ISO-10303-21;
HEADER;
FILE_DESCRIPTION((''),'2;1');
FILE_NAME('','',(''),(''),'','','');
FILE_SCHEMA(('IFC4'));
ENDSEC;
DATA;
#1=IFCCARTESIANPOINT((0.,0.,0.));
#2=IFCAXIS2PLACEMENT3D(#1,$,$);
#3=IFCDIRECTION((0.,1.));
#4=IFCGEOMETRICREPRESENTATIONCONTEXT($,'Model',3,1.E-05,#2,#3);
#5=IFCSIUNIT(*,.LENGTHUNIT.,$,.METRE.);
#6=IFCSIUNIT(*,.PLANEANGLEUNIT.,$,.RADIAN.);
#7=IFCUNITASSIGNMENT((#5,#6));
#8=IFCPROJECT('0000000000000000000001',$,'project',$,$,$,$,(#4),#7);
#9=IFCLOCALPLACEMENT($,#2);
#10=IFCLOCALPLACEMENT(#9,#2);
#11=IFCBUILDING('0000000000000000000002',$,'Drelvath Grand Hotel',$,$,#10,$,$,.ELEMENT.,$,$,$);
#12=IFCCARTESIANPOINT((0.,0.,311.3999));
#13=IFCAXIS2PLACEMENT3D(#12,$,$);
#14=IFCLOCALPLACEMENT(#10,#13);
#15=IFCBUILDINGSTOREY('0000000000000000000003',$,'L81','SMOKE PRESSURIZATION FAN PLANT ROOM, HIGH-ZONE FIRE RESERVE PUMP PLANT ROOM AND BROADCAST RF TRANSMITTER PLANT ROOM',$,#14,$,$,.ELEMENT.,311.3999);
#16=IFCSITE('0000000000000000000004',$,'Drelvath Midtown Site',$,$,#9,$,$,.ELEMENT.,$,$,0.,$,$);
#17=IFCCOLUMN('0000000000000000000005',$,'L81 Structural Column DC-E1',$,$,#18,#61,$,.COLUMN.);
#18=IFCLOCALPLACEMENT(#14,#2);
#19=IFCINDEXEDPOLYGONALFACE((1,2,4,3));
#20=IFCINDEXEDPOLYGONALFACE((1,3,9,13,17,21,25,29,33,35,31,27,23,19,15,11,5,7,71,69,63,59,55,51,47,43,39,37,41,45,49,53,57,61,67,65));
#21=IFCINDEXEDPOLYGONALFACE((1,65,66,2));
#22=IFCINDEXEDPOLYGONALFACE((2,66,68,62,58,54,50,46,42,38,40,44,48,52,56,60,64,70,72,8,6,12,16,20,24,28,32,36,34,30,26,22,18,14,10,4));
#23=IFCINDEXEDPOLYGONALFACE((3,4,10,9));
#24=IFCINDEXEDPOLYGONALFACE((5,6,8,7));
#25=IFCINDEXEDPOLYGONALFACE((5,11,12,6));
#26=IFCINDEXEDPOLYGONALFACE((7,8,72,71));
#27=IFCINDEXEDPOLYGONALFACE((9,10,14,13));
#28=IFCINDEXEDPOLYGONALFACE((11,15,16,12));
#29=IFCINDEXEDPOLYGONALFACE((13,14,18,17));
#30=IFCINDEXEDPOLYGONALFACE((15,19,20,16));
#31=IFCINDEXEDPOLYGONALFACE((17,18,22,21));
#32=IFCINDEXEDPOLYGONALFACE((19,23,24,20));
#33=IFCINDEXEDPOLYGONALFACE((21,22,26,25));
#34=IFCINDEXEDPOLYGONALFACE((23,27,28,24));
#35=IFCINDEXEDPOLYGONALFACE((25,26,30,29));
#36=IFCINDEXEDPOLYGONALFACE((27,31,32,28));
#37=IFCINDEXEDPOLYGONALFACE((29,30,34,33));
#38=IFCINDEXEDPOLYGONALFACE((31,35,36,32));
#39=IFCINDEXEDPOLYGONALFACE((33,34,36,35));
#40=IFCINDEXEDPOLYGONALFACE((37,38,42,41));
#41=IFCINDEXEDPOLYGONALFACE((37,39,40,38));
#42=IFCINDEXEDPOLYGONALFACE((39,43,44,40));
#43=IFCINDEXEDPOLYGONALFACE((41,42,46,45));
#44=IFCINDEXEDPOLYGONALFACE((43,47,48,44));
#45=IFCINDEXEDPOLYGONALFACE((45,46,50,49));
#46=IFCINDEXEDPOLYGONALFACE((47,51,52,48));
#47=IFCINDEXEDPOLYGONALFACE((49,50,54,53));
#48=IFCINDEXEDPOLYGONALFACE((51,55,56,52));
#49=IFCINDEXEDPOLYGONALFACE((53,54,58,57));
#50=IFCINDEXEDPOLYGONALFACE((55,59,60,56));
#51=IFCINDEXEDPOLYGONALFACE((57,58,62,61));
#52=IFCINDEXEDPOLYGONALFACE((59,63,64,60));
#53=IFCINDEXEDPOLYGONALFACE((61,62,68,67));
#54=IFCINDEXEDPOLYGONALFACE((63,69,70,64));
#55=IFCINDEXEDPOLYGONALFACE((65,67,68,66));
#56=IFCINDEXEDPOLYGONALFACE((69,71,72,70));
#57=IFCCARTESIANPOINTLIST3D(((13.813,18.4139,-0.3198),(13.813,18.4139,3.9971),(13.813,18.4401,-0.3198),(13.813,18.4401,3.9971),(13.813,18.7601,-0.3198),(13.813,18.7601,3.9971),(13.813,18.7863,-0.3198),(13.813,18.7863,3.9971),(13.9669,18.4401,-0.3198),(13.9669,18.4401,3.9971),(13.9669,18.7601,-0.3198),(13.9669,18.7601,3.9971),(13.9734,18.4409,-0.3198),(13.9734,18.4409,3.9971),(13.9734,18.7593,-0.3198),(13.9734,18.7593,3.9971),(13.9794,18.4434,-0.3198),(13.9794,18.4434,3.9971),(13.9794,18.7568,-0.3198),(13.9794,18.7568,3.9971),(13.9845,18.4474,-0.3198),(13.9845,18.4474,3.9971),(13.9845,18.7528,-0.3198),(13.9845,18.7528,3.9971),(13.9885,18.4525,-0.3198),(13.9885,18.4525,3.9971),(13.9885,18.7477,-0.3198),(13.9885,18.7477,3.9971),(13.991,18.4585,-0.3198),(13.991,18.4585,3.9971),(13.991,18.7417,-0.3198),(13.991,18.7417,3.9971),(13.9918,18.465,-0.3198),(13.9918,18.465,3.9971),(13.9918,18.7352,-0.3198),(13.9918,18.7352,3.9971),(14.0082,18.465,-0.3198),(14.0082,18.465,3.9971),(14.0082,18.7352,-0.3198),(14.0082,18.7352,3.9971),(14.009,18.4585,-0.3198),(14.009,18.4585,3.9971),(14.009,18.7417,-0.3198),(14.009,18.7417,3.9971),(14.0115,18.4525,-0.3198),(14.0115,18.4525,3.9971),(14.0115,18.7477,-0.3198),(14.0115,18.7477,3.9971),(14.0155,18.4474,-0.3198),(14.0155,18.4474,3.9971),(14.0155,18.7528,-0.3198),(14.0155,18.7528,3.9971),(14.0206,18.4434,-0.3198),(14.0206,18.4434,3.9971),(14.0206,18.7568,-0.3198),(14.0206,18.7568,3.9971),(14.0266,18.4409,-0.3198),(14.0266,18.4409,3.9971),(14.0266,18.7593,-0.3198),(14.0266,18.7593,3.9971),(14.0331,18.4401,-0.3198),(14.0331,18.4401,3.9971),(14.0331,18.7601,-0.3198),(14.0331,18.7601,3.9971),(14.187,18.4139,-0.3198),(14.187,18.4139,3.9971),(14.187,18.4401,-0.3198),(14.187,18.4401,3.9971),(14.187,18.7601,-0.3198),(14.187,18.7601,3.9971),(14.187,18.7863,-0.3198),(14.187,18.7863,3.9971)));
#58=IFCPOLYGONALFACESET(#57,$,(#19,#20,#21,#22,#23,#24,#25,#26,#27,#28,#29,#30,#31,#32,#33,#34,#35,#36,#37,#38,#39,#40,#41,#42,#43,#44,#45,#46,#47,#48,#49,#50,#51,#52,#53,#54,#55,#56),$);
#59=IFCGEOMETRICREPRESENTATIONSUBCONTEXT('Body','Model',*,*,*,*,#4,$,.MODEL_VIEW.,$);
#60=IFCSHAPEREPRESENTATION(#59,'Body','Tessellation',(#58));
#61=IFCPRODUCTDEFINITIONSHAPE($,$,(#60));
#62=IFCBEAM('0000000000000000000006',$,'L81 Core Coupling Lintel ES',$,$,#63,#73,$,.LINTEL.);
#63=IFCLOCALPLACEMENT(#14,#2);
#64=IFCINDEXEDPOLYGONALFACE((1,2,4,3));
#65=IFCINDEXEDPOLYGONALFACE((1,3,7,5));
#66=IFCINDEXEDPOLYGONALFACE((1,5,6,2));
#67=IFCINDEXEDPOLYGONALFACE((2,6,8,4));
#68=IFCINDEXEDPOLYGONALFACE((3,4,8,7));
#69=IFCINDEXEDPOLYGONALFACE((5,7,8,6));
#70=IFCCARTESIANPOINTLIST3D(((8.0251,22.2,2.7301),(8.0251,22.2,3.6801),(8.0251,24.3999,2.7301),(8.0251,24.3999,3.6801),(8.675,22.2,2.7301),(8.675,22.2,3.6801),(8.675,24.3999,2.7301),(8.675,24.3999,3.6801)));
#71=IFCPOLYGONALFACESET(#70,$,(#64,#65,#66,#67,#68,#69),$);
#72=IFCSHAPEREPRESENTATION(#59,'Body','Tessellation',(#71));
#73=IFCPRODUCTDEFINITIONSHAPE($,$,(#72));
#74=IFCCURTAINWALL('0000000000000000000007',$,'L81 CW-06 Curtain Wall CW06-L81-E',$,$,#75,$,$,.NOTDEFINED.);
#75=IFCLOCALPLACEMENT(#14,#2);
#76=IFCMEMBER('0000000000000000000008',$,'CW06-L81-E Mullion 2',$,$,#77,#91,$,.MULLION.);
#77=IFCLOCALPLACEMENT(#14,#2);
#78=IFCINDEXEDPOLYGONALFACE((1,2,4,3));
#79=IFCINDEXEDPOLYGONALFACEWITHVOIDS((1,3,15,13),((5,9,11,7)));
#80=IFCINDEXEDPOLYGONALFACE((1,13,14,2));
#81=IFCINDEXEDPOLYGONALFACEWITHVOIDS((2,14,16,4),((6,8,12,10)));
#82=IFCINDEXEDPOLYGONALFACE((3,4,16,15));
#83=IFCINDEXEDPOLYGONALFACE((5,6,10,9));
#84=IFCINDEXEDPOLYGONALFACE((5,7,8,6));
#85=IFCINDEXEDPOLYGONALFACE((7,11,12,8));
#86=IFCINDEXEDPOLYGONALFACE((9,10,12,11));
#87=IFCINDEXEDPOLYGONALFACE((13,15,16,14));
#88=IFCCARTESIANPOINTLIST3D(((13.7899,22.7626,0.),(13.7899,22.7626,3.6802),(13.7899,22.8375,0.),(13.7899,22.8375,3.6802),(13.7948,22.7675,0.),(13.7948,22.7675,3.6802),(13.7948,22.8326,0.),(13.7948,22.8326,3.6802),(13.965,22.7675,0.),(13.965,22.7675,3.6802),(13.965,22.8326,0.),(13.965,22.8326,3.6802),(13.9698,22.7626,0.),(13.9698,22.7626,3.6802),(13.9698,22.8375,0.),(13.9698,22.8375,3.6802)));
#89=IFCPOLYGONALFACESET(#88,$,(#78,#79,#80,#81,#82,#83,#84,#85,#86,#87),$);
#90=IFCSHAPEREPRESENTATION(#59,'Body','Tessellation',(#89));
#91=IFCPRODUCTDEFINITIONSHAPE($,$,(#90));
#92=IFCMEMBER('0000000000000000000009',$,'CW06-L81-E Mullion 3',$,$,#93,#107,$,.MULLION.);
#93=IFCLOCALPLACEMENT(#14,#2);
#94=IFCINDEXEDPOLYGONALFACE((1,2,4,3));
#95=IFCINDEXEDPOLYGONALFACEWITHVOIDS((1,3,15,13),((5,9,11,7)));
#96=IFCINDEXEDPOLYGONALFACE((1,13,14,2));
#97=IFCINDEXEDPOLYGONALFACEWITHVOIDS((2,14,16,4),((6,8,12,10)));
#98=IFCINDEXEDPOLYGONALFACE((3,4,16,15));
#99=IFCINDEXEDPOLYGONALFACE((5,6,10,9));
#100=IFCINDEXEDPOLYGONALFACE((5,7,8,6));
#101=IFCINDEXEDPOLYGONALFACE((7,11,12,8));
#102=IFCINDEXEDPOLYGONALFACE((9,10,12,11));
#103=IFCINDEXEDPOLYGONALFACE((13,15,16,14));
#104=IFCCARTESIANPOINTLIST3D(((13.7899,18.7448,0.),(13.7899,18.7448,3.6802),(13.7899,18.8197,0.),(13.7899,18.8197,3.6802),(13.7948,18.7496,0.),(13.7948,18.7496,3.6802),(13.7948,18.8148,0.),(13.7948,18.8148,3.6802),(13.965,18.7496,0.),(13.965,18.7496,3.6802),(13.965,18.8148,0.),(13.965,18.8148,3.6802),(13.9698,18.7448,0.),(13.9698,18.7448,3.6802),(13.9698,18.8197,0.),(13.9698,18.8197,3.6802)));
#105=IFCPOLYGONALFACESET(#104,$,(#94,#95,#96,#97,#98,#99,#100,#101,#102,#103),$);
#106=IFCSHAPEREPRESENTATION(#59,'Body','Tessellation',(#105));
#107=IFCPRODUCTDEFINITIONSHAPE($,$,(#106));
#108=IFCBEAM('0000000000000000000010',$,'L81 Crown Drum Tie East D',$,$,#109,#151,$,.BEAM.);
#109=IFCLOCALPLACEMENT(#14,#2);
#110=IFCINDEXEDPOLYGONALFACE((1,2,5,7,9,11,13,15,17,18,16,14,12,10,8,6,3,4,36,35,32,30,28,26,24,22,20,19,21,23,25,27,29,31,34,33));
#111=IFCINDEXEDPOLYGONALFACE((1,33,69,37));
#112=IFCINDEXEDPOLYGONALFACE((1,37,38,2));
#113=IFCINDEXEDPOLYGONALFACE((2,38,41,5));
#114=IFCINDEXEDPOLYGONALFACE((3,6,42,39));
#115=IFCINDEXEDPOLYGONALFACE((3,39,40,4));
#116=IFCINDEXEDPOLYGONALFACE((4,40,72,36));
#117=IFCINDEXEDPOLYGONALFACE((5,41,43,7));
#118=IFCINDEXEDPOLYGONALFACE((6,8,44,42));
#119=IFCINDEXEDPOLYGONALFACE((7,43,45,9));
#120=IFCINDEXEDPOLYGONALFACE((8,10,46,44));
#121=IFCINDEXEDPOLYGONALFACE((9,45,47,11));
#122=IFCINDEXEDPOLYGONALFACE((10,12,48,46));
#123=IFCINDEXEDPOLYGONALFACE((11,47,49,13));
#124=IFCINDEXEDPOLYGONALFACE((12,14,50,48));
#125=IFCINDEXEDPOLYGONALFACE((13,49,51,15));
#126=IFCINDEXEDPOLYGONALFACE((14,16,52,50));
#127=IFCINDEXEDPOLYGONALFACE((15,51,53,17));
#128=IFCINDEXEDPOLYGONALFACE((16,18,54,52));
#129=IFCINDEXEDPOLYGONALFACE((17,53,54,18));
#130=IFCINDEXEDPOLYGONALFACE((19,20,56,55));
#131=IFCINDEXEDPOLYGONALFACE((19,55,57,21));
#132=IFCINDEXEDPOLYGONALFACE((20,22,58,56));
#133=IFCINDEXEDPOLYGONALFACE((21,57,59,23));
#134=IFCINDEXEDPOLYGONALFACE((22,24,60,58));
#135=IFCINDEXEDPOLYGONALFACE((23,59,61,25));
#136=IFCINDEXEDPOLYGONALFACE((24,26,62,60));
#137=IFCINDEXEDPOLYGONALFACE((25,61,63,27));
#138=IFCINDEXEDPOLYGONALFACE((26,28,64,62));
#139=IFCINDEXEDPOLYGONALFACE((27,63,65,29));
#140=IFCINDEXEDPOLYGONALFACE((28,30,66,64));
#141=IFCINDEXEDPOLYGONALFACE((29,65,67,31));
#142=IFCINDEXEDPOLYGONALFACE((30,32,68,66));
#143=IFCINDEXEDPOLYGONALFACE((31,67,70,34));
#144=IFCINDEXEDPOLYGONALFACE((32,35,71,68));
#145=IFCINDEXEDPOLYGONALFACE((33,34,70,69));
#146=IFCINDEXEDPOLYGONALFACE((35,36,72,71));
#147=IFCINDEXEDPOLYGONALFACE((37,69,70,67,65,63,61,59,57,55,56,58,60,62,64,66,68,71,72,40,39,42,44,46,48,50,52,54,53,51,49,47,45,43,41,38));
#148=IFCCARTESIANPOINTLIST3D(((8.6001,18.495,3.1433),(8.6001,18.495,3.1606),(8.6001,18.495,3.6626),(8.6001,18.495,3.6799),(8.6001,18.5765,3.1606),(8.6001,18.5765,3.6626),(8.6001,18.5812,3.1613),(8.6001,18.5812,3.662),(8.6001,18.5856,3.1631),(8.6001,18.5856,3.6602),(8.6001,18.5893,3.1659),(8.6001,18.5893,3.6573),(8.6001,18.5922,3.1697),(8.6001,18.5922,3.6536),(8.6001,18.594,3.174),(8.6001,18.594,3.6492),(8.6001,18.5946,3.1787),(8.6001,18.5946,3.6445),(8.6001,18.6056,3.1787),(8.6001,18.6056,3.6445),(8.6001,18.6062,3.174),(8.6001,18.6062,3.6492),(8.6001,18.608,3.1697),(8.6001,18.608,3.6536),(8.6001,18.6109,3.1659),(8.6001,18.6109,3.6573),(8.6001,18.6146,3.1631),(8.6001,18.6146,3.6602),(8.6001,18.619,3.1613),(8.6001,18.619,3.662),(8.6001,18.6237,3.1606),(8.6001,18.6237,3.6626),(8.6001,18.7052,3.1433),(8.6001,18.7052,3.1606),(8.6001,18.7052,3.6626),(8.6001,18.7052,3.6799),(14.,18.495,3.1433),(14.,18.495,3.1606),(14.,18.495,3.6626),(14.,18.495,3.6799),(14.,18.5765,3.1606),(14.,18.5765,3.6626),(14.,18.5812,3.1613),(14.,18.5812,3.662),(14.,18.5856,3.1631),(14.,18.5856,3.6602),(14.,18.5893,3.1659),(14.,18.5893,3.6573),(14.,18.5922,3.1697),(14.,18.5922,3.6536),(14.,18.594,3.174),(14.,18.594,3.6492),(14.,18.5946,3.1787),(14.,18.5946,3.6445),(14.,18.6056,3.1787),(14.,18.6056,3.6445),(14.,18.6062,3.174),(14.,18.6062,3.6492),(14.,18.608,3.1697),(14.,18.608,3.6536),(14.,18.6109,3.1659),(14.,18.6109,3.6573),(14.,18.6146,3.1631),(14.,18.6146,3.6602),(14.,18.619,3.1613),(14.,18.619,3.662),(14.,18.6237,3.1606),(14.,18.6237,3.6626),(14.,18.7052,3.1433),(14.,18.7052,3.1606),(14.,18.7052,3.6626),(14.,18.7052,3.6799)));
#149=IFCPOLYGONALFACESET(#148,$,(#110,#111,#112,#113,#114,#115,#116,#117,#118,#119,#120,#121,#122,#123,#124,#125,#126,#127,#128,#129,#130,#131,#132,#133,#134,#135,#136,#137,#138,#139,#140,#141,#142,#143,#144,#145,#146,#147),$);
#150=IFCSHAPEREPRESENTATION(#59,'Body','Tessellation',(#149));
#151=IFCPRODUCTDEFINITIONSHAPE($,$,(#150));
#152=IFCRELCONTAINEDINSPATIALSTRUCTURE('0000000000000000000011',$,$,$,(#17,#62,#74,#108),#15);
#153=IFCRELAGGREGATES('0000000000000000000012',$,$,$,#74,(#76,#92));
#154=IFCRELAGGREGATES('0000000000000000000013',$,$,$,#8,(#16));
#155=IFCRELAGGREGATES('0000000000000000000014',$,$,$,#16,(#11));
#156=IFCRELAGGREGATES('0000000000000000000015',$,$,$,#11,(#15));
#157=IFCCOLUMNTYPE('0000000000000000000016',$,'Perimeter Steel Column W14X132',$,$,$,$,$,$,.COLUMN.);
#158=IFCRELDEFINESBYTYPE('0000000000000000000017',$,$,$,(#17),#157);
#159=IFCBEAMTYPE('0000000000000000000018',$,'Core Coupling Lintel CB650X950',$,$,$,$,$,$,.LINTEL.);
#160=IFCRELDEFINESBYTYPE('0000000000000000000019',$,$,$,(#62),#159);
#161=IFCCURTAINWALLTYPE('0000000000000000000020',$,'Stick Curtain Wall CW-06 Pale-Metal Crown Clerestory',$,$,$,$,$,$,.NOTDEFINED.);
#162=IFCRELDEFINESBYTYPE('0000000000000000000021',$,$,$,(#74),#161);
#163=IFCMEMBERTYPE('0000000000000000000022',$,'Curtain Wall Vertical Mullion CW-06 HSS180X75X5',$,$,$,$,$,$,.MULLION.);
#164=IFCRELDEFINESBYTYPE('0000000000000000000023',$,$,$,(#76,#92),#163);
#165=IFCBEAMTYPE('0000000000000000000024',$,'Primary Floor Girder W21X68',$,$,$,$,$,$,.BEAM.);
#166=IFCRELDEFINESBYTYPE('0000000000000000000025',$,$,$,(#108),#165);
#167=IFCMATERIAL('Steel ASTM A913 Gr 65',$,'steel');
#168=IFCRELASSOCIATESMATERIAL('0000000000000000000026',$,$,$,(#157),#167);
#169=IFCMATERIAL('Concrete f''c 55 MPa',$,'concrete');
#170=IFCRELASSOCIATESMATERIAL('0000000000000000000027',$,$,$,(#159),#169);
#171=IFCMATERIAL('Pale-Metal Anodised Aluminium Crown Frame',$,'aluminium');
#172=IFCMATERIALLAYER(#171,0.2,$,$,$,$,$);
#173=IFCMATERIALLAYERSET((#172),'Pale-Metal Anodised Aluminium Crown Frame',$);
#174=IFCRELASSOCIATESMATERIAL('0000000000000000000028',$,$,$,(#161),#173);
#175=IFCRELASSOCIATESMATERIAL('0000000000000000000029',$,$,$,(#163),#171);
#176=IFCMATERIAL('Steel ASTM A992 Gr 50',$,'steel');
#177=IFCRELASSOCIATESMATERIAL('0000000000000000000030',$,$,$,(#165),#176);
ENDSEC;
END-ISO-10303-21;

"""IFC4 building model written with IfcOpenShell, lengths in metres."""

from ifc_helpers import new_model, si_unit, direction, frame, origin, origin_2d, place, context, subcontext, project, spatial, rectangle, hollow_rectangle, i_section, extrude, material, layer, layer_set, material_profile, profile_set, type_object, element, aggregate, save


model = new_model("IFC4")

# Units and contexts
model_context = context("Model", 3, precision=1e-05, world=origin(), true_north=direction((0.0, 1.0)))
body_context = subcontext(model_context, "Body", "Model", "MODEL_VIEW")
ifc_project = project(units=[si_unit("LENGTHUNIT", "METRE"), si_unit("PLANEANGLEUNIT", "RADIAN")], contexts=[model_context])

# Site, building, storey
site_placement = place(None, origin())
site = spatial("IfcSite", under=ifc_project, at=site_placement, Name="Drelvath Midtown Site", CompositionType="ELEMENT", RefElevation=0.0)
building_placement = place(site_placement, origin())
building = spatial("IfcBuilding", under=site, at=building_placement, Name="Drelvath Grand Hotel", CompositionType="ELEMENT")
storey_placement = place(building_placement, frame((0.0, 0.0, 311.3999)))
storey = spatial("IfcBuildingStorey", under=building, at=storey_placement, Name="L81", Description="SMOKE PRESSURIZATION FAN PLANT ROOM, HIGH-ZONE FIRE RESERVE PUMP PLANT ROOM AND BROADCAST RF TRANSMITTER PLANT ROOM", CompositionType="ELEMENT", Elevation=311.3999)

# Column
ifc_material_1 = material(Name="Steel ASTM A913 Gr 65", Category="steel")
ifc_material_profile_1 = material_profile(ifc_material_1, i_section(OverallWidth=0.374, OverallDepth=0.3723, WebThickness=0.0164, FlangeThickness=0.0261, FilletRadius=0.0249, at=origin_2d()), Name="W14X132")
ifc_profile_set_1 = profile_set([ifc_material_profile_1], Name="Steel ASTM A913 Gr 65")
column_type = type_object("IfcColumnType", Name="Perimeter Steel Column W14X132", PredefinedType="COLUMN", material=ifc_profile_set_1)
column_placement = place(storey_placement, frame((14.0, 18.6001, -0.3198), z_axis=(0.0, 0.0, 1.0), x_axis=(1.0, 0.0, 0.0)))
element("IfcColumn", 1, at=column_placement, inside=storey, type_object=column_type, Name="L81 Structural Column DC-E1", PredefinedType="COLUMN", context=body_context, shape_type="SweptSolid", body=[
    extrude(i_section(OverallWidth=0.374, OverallDepth=0.3723, WebThickness=0.0164, FlangeThickness=0.0261, FilletRadius=0.0249, at=origin_2d()), origin(), (0.0, 0.0, 1.0), 4.3169),
])

# Beam
ifc_material_2 = material(Name="Concrete f'c 55 MPa", Category="concrete")
ifc_material_profile_2 = material_profile(ifc_material_2, rectangle(XDim=0.6499, YDim=0.95, at=origin_2d()), Name="CB650X950")
ifc_profile_set_2 = profile_set([ifc_material_profile_2], Name="Concrete f'c 55 MPa")
beam_type_1 = type_object("IfcBeamType", Name="Core Coupling Lintel CB650X950", PredefinedType="LINTEL", material=ifc_profile_set_2)
beam_1_placement = place(storey_placement, frame((8.3501, 22.2, 3.2051), z_axis=(0.0, 1.0, 0.0), x_axis=(-1.0, 0.0, 0.0)))
element("IfcBeam", 2, at=beam_1_placement, inside=storey, type_object=beam_type_1, Name="L81 Core Coupling Lintel ES", PredefinedType="LINTEL", context=body_context, shape_type="SweptSolid", body=[
    extrude(rectangle(XDim=0.6499, YDim=0.95, at=origin_2d()), origin(), (0.0, 0.0, 1.0), 2.2),
])

# Curtain wall, members
ifc_material_3 = material(Name="Pale-Metal Anodised Aluminium Crown Frame", Category="aluminium")
ifc_layer_1 = layer(ifc_material_3, 0.2)
ifc_layer_set_1 = layer_set([ifc_layer_1], Name="Pale-Metal Anodised Aluminium Crown Frame")
curtain_wall_type = type_object("IfcCurtainWallType", Name="Stick Curtain Wall CW-06 Pale-Metal Crown Clerestory", PredefinedType="NOTDEFINED", material=ifc_layer_set_1)
curtain_wall_placement = place(storey_placement, origin())
curtain_wall = element("IfcCurtainWall", 3, at=curtain_wall_placement, inside=storey, type_object=curtain_wall_type, Name="L81 CW-06 Curtain Wall CW06-L81-E", PredefinedType="NOTDEFINED")
ifc_material_profile_3 = material_profile(ifc_material_3, hollow_rectangle(XDim=0.075, YDim=0.1799, WallThickness=0.0049, at=origin_2d()), Name="HSS180X75X5")
ifc_profile_set_3 = profile_set([ifc_material_profile_3], Name="Pale-Metal Anodised Aluminium Crown Frame")
member_type = type_object("IfcMemberType", Name="Curtain Wall Vertical Mullion CW-06 HSS180X75X5", PredefinedType="MULLION", material=ifc_profile_set_3)
member_1_placement = place(storey_placement, frame((13.8799, 22.8, 0.0), z_axis=(0.0, 0.0, 1.0), x_axis=(0.0, 1.0, 0.0)))
member_1 = element("IfcMember", 4, at=member_1_placement, type_object=member_type, Name="CW06-L81-E Mullion 2", PredefinedType="MULLION", context=body_context, shape_type="SweptSolid", body=[
    extrude(hollow_rectangle(XDim=0.075, YDim=0.1799, WallThickness=0.0049, at=origin_2d()), origin(), (0.0, 0.0, 1.0), 3.6802),
])
member_2_placement = place(storey_placement, frame((13.8799, 18.7822, 0.0), z_axis=(0.0, 0.0, 1.0), x_axis=(0.0, 1.0, 0.0)))
member_2 = element("IfcMember", 5, at=member_2_placement, type_object=member_type, Name="CW06-L81-E Mullion 3", PredefinedType="MULLION", context=body_context, shape_type="SweptSolid", body=[
    extrude(hollow_rectangle(XDim=0.075, YDim=0.1799, WallThickness=0.0049, at=origin_2d()), origin(), (0.0, 0.0, 1.0), 3.6802),
])

# Beam
ifc_material_4 = material(Name="Steel ASTM A992 Gr 50", Category="steel")
ifc_material_profile_4 = material_profile(ifc_material_4, i_section(OverallWidth=0.2102, OverallDepth=0.5366, WebThickness=0.011, FlangeThickness=0.0173, FilletRadius=0.0181, at=origin_2d()), Name="W21X68")
ifc_profile_set_4 = profile_set([ifc_material_profile_4], Name="Steel ASTM A992 Gr 50")
beam_type_2 = type_object("IfcBeamType", Name="Primary Floor Girder W21X68", PredefinedType="BEAM", material=ifc_profile_set_4)
beam_2_placement = place(storey_placement, frame((8.6001, 18.6001, 3.4116), z_axis=(1.0, 0.0, 0.0), x_axis=(0.0, 1.0, 0.0)))
element("IfcBeam", 6, at=beam_2_placement, inside=storey, type_object=beam_type_2, Name="L81 Crown Drum Tie East D", PredefinedType="BEAM", context=body_context, shape_type="SweptSolid", body=[
    extrude(i_section(OverallWidth=0.2102, OverallDepth=0.5366, WebThickness=0.011, FlangeThickness=0.0173, FilletRadius=0.0181, at=origin_2d()), origin(), (0.0, 0.0, 1.0), 5.3999),
])

aggregate(curtain_wall, [member_1, member_2])

save(model, "model.ifc")
